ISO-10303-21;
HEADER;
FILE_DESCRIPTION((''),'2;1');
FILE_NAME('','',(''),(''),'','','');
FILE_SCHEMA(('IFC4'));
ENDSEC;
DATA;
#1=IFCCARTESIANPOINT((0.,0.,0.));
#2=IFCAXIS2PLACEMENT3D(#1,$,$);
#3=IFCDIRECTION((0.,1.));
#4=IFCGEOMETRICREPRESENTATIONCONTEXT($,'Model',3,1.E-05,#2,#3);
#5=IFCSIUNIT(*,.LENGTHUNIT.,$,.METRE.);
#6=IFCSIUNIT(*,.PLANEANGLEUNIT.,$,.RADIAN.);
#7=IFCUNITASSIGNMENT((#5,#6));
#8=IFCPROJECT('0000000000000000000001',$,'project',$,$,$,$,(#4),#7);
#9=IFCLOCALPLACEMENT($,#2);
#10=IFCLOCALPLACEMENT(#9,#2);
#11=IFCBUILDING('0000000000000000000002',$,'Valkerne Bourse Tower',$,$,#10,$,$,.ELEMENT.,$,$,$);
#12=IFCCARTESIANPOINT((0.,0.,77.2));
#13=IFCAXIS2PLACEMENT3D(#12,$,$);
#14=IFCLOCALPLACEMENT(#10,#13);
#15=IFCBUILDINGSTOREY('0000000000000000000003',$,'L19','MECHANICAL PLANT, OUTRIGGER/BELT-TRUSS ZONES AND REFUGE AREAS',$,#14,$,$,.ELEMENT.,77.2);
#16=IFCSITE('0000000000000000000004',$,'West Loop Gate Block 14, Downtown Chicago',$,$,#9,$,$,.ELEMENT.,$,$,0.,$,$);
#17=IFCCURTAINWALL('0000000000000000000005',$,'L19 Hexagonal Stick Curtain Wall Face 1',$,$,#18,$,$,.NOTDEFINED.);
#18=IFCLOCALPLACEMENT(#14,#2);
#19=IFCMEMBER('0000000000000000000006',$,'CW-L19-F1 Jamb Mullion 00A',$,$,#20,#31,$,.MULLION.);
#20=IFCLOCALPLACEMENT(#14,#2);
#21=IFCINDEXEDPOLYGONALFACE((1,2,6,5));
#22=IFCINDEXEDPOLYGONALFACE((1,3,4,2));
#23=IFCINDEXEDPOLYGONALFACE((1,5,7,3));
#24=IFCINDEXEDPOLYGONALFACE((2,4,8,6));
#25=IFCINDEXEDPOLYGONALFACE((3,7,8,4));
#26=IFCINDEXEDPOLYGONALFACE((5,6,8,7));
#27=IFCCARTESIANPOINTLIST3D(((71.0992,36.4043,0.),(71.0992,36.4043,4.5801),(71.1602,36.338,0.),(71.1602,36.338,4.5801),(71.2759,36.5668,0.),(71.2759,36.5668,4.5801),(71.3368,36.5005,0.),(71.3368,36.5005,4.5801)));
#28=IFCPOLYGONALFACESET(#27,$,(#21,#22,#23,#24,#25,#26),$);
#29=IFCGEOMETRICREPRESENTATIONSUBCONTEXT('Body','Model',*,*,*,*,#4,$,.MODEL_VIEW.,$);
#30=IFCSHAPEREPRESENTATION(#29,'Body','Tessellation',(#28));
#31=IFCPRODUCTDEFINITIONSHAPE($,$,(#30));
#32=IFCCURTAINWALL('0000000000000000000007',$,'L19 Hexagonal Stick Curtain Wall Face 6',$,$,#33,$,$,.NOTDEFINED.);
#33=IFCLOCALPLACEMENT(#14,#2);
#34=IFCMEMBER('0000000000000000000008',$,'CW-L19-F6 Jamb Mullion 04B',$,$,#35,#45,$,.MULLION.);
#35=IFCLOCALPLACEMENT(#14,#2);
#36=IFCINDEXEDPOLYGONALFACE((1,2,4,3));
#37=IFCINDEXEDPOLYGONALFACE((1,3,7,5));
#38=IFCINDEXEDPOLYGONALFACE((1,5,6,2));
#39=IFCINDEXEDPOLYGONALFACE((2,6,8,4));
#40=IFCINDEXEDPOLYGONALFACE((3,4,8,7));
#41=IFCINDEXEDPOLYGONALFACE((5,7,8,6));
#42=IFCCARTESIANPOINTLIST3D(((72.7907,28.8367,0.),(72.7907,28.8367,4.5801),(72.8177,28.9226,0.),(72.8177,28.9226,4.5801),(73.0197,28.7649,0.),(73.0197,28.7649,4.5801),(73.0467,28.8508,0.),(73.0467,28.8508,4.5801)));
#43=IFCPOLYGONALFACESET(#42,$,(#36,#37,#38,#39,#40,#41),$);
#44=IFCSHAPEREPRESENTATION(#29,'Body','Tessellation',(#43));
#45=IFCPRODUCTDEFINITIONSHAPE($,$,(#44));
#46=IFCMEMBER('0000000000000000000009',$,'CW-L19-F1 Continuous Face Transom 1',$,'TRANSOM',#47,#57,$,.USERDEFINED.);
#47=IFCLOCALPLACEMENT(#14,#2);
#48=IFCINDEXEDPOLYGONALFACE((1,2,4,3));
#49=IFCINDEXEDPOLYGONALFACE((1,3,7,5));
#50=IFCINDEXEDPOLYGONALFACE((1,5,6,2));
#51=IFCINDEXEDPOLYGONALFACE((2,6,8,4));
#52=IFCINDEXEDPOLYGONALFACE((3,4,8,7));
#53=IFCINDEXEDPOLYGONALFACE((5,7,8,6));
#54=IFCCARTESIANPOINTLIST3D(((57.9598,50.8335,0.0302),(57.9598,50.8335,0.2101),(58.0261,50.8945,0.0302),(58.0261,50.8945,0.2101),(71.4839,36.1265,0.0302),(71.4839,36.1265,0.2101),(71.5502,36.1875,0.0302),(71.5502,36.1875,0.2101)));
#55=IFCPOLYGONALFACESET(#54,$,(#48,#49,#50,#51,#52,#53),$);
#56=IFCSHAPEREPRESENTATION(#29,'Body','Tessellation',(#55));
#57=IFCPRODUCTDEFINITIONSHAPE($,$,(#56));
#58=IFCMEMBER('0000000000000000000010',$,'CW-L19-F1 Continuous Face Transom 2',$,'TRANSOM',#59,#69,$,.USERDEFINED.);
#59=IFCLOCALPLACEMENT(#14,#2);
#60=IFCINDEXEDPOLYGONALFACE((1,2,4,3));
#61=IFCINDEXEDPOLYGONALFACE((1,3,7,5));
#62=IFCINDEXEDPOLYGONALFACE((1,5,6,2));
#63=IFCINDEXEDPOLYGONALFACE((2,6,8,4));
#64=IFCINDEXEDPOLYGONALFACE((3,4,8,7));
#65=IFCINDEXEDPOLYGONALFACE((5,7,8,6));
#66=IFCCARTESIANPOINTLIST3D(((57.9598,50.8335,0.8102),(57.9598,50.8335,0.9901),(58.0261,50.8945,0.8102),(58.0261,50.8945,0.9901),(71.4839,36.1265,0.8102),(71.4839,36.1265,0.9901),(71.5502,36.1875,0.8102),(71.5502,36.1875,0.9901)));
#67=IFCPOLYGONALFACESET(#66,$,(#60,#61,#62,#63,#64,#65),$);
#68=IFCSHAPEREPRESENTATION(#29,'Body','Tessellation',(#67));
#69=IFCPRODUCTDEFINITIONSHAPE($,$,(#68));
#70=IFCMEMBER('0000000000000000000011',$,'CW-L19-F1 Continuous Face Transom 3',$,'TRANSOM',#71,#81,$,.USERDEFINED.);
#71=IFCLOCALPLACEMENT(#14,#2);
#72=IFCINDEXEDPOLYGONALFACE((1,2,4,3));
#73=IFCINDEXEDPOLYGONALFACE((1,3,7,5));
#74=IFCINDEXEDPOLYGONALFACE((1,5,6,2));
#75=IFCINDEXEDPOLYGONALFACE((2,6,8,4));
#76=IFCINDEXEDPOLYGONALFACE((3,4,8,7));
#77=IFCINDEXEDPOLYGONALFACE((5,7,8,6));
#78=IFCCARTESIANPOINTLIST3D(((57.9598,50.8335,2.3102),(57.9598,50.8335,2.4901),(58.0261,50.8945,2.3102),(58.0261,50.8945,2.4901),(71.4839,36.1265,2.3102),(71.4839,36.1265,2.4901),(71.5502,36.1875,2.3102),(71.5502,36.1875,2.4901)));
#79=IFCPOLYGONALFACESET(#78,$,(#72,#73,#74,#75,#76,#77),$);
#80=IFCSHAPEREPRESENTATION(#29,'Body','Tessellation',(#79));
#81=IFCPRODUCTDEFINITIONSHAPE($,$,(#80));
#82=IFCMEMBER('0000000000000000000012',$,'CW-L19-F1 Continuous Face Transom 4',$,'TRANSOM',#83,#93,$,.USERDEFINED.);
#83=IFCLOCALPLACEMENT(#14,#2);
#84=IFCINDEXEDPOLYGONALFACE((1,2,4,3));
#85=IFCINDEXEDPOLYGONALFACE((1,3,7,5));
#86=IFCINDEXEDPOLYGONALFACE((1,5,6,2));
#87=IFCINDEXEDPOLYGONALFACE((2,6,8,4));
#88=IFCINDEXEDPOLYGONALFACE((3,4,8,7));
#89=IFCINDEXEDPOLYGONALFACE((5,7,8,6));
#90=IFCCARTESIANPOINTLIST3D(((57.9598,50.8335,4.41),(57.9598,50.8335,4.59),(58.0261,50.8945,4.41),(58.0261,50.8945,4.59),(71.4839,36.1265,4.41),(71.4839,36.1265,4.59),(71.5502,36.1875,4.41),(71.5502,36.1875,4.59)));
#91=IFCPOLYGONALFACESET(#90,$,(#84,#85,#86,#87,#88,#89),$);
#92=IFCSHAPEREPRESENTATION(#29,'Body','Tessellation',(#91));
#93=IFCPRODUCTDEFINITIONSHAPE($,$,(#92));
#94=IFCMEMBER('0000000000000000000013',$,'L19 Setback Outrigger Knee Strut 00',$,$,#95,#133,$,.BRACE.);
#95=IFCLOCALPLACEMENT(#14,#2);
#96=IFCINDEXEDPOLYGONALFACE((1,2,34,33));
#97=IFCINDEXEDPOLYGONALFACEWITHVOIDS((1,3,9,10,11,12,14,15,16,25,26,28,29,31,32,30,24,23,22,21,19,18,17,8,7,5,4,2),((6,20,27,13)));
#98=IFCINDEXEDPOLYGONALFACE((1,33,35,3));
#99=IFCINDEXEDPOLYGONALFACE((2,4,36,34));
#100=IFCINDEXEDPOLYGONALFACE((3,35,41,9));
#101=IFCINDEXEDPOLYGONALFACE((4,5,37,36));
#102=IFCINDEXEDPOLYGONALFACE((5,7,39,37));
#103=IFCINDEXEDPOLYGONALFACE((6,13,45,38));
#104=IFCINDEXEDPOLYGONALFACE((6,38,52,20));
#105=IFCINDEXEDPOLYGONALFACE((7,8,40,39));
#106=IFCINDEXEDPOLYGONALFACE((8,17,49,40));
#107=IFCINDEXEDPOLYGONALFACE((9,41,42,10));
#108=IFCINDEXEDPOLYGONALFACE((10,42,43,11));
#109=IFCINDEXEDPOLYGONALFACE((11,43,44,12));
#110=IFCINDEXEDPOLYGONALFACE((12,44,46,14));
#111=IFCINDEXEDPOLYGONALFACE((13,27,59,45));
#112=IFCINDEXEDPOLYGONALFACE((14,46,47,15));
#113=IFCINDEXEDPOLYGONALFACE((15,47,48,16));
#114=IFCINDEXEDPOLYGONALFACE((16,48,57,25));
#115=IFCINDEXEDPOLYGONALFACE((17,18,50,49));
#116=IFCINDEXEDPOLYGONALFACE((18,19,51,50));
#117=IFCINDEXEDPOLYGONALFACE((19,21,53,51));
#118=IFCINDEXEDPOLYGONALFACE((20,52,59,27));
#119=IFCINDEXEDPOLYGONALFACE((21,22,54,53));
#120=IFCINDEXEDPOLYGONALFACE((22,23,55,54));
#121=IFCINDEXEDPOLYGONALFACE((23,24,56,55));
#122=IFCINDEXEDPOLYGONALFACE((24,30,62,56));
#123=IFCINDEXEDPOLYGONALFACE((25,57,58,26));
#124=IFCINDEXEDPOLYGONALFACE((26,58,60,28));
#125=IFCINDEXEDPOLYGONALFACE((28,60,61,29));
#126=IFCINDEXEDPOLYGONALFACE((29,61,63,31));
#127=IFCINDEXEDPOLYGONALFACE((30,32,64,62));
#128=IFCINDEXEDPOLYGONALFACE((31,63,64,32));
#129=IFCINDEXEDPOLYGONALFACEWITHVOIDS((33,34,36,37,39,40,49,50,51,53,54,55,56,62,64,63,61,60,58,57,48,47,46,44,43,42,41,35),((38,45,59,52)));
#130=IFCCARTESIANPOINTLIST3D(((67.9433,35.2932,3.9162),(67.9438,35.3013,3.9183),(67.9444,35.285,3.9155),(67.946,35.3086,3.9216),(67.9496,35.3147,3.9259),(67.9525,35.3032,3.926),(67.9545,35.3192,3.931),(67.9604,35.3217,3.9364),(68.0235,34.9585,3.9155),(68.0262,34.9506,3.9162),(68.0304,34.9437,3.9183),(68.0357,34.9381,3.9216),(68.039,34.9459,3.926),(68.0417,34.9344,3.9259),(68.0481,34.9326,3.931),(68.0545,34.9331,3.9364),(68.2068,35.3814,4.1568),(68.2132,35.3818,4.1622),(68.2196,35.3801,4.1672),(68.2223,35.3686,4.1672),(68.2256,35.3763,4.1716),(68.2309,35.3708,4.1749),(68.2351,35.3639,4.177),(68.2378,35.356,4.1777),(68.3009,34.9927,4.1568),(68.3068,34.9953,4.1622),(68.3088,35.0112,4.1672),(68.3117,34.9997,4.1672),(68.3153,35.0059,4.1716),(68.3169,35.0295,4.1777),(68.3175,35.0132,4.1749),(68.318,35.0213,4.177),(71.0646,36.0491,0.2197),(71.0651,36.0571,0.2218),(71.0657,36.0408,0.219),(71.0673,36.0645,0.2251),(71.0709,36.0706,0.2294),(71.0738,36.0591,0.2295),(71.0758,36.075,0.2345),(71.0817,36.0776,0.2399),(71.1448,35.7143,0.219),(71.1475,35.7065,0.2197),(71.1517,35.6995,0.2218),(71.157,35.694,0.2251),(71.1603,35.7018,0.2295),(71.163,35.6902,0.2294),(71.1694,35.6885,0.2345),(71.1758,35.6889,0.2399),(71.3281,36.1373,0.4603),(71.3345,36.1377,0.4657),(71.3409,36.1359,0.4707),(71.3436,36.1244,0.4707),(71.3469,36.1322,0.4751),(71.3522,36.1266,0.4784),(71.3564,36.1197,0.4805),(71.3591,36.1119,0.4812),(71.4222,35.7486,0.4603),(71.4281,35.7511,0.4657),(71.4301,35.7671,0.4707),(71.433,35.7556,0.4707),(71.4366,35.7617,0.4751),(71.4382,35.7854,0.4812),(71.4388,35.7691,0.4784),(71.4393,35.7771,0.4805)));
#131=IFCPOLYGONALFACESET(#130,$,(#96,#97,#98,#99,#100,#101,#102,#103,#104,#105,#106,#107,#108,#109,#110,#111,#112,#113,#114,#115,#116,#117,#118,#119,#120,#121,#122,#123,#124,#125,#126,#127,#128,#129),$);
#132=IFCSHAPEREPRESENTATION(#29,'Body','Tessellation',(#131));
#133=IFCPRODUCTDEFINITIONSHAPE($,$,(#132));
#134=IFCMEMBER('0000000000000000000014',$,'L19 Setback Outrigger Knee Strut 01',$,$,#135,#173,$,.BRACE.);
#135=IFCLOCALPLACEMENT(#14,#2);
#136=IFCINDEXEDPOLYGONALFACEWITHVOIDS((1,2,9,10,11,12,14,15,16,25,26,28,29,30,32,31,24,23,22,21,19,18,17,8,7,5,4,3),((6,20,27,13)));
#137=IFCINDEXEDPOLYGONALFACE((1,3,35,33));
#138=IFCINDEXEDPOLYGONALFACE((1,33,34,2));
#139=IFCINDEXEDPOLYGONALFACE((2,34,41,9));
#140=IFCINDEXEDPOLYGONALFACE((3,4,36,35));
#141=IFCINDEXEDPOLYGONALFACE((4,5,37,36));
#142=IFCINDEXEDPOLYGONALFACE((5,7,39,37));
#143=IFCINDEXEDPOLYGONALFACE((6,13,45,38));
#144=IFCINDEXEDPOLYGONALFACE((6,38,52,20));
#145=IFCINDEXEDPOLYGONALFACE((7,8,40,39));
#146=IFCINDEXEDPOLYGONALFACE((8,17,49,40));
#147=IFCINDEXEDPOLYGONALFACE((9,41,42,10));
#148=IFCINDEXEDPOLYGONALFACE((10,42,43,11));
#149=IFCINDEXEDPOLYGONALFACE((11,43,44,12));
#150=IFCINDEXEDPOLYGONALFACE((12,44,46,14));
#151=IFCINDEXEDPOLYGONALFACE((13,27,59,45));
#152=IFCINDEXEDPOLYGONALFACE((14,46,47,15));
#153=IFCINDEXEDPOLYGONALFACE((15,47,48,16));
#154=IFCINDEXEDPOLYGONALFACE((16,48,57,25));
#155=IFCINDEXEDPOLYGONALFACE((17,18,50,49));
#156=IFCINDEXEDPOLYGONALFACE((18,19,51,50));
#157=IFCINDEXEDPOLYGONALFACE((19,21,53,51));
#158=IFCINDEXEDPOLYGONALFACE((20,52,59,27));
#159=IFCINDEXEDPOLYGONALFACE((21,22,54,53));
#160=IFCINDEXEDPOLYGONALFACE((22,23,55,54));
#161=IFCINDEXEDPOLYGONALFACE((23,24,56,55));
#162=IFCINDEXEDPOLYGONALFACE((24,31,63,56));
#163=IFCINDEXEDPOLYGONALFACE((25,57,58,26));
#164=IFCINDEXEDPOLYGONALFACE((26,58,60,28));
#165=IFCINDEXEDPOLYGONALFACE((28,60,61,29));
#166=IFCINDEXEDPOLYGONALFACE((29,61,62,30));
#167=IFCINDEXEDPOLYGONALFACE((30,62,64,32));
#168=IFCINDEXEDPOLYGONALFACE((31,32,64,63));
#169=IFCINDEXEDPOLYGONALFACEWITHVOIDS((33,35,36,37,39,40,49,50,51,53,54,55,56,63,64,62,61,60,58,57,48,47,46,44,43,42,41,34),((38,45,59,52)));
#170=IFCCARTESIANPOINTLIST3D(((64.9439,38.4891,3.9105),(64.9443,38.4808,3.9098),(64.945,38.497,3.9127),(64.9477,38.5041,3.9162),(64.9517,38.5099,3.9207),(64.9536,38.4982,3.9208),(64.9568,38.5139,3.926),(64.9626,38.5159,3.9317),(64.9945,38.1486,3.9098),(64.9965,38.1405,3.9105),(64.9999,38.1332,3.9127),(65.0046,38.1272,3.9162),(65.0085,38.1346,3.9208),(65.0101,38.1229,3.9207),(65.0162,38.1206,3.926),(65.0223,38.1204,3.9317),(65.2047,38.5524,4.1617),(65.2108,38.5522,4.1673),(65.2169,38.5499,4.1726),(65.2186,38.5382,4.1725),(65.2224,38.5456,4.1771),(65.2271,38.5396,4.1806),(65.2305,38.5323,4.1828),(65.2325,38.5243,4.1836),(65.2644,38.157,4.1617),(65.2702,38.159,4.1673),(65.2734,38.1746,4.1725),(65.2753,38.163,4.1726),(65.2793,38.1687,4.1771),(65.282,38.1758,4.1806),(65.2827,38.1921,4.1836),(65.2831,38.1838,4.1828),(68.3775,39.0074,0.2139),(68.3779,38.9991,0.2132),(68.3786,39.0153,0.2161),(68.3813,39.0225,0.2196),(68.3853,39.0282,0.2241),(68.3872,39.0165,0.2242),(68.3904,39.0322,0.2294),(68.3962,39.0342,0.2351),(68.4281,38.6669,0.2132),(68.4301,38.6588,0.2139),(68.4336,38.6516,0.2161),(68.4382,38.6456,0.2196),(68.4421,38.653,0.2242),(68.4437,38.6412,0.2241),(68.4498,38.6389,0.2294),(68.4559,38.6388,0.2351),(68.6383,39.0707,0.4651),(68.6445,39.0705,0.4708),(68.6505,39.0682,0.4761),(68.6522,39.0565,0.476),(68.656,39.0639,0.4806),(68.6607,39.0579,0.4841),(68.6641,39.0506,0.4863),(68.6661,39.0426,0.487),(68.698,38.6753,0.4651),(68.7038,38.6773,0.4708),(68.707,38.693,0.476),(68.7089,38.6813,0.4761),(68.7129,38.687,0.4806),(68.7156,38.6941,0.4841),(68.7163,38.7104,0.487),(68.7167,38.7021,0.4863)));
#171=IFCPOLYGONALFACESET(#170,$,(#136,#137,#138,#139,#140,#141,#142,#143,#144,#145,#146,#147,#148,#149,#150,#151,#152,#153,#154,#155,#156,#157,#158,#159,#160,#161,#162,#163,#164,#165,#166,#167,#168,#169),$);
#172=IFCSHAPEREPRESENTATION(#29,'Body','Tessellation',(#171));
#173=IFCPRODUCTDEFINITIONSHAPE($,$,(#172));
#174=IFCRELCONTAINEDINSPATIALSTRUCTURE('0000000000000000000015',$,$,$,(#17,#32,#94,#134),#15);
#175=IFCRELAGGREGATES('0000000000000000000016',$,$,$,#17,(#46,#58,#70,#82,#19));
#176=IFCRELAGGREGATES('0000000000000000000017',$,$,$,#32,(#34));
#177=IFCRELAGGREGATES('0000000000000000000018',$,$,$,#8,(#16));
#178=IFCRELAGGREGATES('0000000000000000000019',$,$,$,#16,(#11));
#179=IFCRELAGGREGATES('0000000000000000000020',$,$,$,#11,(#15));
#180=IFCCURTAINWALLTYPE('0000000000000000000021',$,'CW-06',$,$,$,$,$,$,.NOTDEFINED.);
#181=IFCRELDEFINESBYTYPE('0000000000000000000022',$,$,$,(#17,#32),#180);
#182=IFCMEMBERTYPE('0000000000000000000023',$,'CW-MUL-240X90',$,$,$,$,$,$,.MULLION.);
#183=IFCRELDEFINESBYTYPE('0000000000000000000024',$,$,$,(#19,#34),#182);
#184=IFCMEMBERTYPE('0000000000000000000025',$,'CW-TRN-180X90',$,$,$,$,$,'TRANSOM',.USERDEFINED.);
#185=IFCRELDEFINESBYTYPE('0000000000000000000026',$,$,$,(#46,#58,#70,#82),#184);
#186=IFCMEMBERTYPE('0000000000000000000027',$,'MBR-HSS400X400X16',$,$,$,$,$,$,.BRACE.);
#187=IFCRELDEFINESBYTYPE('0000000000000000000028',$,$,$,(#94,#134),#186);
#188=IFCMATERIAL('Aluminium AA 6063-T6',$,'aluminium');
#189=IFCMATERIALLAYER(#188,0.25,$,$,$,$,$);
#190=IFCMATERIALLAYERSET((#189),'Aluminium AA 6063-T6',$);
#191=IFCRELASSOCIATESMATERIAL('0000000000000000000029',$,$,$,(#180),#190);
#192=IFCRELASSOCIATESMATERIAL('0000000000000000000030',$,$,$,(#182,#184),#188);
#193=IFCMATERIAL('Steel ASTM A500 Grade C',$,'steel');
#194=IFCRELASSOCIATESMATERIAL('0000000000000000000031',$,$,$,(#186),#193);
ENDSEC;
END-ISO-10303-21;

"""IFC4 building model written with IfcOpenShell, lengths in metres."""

from ifc_helpers import new_model, si_unit, direction, frame, origin, origin_2d, place, context, subcontext, project, spatial, rectangle, hollow_rectangle, extrude, material, layer, layer_set, material_profile, profile_set, type_object, element, aggregate, save


model = new_model("IFC4")

# Units and contexts
model_context = context("Model", 3, precision=1e-05, world=origin(), true_north=direction((0.0, 1.0)))
body_context = subcontext(model_context, "Body", "Model", "MODEL_VIEW")
ifc_project = project(units=[si_unit("LENGTHUNIT", "METRE"), si_unit("PLANEANGLEUNIT", "RADIAN")], contexts=[model_context])

# Site, building, storey
site_placement = place(None, origin())
site = spatial("IfcSite", under=ifc_project, at=site_placement, Name="West Loop Gate Block 14, Downtown Chicago", CompositionType="ELEMENT", RefElevation=0.0)
building_placement = place(site_placement, origin())
building = spatial("IfcBuilding", under=site, at=building_placement, Name="Valkerne Bourse Tower", CompositionType="ELEMENT")
storey_placement = place(building_placement, frame((0.0, 0.0, 77.2)))
storey = spatial("IfcBuildingStorey", under=building, at=storey_placement, Name="L19", Description="MECHANICAL PLANT, OUTRIGGER/BELT-TRUSS ZONES AND REFUGE AREAS", CompositionType="ELEMENT", Elevation=77.2)

# Curtain walls, members
ifc_material_1 = material(Name="Aluminium AA 6063-T6", Category="aluminium")
ifc_layer_1 = layer(ifc_material_1, 0.25)
ifc_layer_set_1 = layer_set([ifc_layer_1], Name="Aluminium AA 6063-T6")
curtain_wall_type = type_object("IfcCurtainWallType", Name="CW-06", PredefinedType="NOTDEFINED", material=ifc_layer_set_1)
curtain_wall_1_placement = place(storey_placement, origin())
curtain_wall_1 = element("IfcCurtainWall", 1, at=curtain_wall_1_placement, inside=storey, type_object=curtain_wall_type, Name="L19 Hexagonal Stick Curtain Wall Face 1", PredefinedType="NOTDEFINED")
ifc_material_profile_1 = material_profile(ifc_material_1, rectangle(XDim=0.0901, YDim=0.24, at=origin_2d()), Name="CWM-90X240")
ifc_profile_set_1 = profile_set([ifc_material_profile_1], Name="Aluminium AA 6063-T6")
member_type_1 = type_object("IfcMemberType", Name="CW-MUL-240X90", PredefinedType="MULLION", material=ifc_profile_set_1)
member_1_placement = place(storey_placement, frame((71.218, 36.4524, 0.0), z_axis=(0.0, 0.0, 1.0), x_axis=(-0.676869, 0.736103, 0.0)))
member_1 = element("IfcMember", 2, at=member_1_placement, type_object=member_type_1, Name="CW-L19-F1 Jamb Mullion 00A", PredefinedType="MULLION", context=body_context, shape_type="SweptSolid", body=[
    extrude(rectangle(XDim=0.0901, YDim=0.24, at=origin_2d()), origin(), (0.0, 0.0, 1.0), 4.5801),
])
curtain_wall_2_placement = place(storey_placement, origin())
curtain_wall_2 = element("IfcCurtainWall", 3, at=curtain_wall_2_placement, inside=storey, type_object=curtain_wall_type, Name="L19 Hexagonal Stick Curtain Wall Face 6", PredefinedType="NOTDEFINED")
member_2_placement = place(storey_placement, frame((72.9187, 28.8438, 0.0), z_axis=(0.0, 0.0, 1.0), x_axis=(0.299044, 0.954239, 0.0)))
member_2 = element("IfcMember", 4, at=member_2_placement, type_object=member_type_1, Name="CW-L19-F6 Jamb Mullion 04B", PredefinedType="MULLION", context=body_context, shape_type="SweptSolid", body=[
    extrude(rectangle(XDim=0.0901, YDim=0.24, at=origin_2d()), origin(), (0.0, 0.0, 1.0), 4.5801),
])

# Members
ifc_material_profile_2 = material_profile(ifc_material_1, rectangle(XDim=0.0901, YDim=0.1799, at=origin_2d()), Name="CWT-90X180")
ifc_profile_set_2 = profile_set([ifc_material_profile_2], Name="Aluminium AA 6063-T6")
member_type_2 = type_object("IfcMemberType", Name="CW-TRN-180X90", ElementType="TRANSOM", PredefinedType="USERDEFINED", material=ifc_profile_set_2)
member_3_placement = place(storey_placement, frame((71.5171, 36.157, 0.1201), z_axis=(-0.676886, 0.736088, 0.0), x_axis=(-0.736088, -0.676886, 0.0)))
member_3 = element("IfcMember", 5, at=member_3_placement, type_object=member_type_2, Name="CW-L19-F1 Continuous Face Transom 1", ObjectType="TRANSOM", PredefinedType="USERDEFINED", context=body_context, shape_type="SweptSolid", body=[
    extrude(rectangle(XDim=0.0901, YDim=0.1799, at=origin_2d()), origin(), (0.0, 0.0, 1.0), 19.98),
])
member_4_placement = place(storey_placement, frame((71.5171, 36.157, 0.9001), z_axis=(-0.676886, 0.736088, 0.0), x_axis=(-0.736088, -0.676886, 0.0)))
member_4 = element("IfcMember", 6, at=member_4_placement, type_object=member_type_2, Name="CW-L19-F1 Continuous Face Transom 2", ObjectType="TRANSOM", PredefinedType="USERDEFINED", context=body_context, shape_type="SweptSolid", body=[
    extrude(rectangle(XDim=0.0901, YDim=0.1799, at=origin_2d()), origin(), (0.0, 0.0, 1.0), 19.98),
])
member_5_placement = place(storey_placement, frame((71.5171, 36.157, 2.4001), z_axis=(-0.676886, 0.736088, 0.0), x_axis=(-0.736088, -0.676886, 0.0)))
member_5 = element("IfcMember", 7, at=member_5_placement, type_object=member_type_2, Name="CW-L19-F1 Continuous Face Transom 3", ObjectType="TRANSOM", PredefinedType="USERDEFINED", context=body_context, shape_type="SweptSolid", body=[
    extrude(rectangle(XDim=0.0901, YDim=0.1799, at=origin_2d()), origin(), (0.0, 0.0, 1.0), 19.98),
])
member_6_placement = place(storey_placement, frame((71.5171, 36.157, 4.5), z_axis=(-0.676886, 0.736088, 0.0), x_axis=(-0.736088, -0.676886, 0.0)))
member_6 = element("IfcMember", 8, at=member_6_placement, type_object=member_type_2, Name="CW-L19-F1 Continuous Face Transom 4", ObjectType="TRANSOM", PredefinedType="USERDEFINED", context=body_context, shape_type="SweptSolid", body=[
    extrude(rectangle(XDim=0.0901, YDim=0.1799, at=origin_2d()), origin(), (0.0, 0.0, 1.0), 19.98),
])

# Members
ifc_material_2 = material(Name="Steel ASTM A500 Grade C", Category="steel")
ifc_material_profile_3 = material_profile(ifc_material_2, hollow_rectangle(XDim=0.3999, YDim=0.3999, WallThickness=0.0161, OuterFilletRadius=0.032, at=origin_2d()), Name="HSS400X400X16")
ifc_profile_set_3 = profile_set([ifc_material_profile_3], Name="Steel ASTM A500 Grade C")
member_type_3 = type_object("IfcMemberType", Name="MBR-HSS400X400X16", PredefinedType="BRACE", material=ifc_profile_set_3)
member_7_placement = place(storey_placement, frame((71.252, 35.9131, 0.3501), z_axis=(-0.637427, -0.154359, 0.754891), x_axis=(0.235356, -0.971909, 0.0)))
element("IfcMember", 9, at=member_7_placement, inside=storey, type_object=member_type_3, Name="L19 Setback Outrigger Knee Strut 00", PredefinedType="BRACE", context=body_context, shape_type="SweptSolid", body=[
    extrude(hollow_rectangle(XDim=0.3999, YDim=0.3999, WallThickness=0.0161, OuterFilletRadius=0.032, at=origin_2d()), origin(), (0.0, 0.0, 1.0), 4.8967),
])
member_8_placement = place(storey_placement, frame((68.5471, 38.8547, 0.3501), z_axis=(-0.677005, -0.102196, 0.728849), x_axis=(0.149262, -0.988798, 0.0)))
element("IfcMember", 10, at=member_8_placement, inside=storey, type_object=member_type_3, Name="L19 Setback Outrigger Knee Strut 01", PredefinedType="BRACE", context=body_context, shape_type="SweptSolid", body=[
    extrude(hollow_rectangle(XDim=0.3999, YDim=0.3999, WallThickness=0.0161, OuterFilletRadius=0.032, at=origin_2d()), origin(), (0.0, 0.0, 1.0), 5.0718),
])

aggregate(curtain_wall_1, [member_3, member_4, member_5, member_6, member_1])
aggregate(curtain_wall_2, [member_2])

save(model, "model.ifc")
